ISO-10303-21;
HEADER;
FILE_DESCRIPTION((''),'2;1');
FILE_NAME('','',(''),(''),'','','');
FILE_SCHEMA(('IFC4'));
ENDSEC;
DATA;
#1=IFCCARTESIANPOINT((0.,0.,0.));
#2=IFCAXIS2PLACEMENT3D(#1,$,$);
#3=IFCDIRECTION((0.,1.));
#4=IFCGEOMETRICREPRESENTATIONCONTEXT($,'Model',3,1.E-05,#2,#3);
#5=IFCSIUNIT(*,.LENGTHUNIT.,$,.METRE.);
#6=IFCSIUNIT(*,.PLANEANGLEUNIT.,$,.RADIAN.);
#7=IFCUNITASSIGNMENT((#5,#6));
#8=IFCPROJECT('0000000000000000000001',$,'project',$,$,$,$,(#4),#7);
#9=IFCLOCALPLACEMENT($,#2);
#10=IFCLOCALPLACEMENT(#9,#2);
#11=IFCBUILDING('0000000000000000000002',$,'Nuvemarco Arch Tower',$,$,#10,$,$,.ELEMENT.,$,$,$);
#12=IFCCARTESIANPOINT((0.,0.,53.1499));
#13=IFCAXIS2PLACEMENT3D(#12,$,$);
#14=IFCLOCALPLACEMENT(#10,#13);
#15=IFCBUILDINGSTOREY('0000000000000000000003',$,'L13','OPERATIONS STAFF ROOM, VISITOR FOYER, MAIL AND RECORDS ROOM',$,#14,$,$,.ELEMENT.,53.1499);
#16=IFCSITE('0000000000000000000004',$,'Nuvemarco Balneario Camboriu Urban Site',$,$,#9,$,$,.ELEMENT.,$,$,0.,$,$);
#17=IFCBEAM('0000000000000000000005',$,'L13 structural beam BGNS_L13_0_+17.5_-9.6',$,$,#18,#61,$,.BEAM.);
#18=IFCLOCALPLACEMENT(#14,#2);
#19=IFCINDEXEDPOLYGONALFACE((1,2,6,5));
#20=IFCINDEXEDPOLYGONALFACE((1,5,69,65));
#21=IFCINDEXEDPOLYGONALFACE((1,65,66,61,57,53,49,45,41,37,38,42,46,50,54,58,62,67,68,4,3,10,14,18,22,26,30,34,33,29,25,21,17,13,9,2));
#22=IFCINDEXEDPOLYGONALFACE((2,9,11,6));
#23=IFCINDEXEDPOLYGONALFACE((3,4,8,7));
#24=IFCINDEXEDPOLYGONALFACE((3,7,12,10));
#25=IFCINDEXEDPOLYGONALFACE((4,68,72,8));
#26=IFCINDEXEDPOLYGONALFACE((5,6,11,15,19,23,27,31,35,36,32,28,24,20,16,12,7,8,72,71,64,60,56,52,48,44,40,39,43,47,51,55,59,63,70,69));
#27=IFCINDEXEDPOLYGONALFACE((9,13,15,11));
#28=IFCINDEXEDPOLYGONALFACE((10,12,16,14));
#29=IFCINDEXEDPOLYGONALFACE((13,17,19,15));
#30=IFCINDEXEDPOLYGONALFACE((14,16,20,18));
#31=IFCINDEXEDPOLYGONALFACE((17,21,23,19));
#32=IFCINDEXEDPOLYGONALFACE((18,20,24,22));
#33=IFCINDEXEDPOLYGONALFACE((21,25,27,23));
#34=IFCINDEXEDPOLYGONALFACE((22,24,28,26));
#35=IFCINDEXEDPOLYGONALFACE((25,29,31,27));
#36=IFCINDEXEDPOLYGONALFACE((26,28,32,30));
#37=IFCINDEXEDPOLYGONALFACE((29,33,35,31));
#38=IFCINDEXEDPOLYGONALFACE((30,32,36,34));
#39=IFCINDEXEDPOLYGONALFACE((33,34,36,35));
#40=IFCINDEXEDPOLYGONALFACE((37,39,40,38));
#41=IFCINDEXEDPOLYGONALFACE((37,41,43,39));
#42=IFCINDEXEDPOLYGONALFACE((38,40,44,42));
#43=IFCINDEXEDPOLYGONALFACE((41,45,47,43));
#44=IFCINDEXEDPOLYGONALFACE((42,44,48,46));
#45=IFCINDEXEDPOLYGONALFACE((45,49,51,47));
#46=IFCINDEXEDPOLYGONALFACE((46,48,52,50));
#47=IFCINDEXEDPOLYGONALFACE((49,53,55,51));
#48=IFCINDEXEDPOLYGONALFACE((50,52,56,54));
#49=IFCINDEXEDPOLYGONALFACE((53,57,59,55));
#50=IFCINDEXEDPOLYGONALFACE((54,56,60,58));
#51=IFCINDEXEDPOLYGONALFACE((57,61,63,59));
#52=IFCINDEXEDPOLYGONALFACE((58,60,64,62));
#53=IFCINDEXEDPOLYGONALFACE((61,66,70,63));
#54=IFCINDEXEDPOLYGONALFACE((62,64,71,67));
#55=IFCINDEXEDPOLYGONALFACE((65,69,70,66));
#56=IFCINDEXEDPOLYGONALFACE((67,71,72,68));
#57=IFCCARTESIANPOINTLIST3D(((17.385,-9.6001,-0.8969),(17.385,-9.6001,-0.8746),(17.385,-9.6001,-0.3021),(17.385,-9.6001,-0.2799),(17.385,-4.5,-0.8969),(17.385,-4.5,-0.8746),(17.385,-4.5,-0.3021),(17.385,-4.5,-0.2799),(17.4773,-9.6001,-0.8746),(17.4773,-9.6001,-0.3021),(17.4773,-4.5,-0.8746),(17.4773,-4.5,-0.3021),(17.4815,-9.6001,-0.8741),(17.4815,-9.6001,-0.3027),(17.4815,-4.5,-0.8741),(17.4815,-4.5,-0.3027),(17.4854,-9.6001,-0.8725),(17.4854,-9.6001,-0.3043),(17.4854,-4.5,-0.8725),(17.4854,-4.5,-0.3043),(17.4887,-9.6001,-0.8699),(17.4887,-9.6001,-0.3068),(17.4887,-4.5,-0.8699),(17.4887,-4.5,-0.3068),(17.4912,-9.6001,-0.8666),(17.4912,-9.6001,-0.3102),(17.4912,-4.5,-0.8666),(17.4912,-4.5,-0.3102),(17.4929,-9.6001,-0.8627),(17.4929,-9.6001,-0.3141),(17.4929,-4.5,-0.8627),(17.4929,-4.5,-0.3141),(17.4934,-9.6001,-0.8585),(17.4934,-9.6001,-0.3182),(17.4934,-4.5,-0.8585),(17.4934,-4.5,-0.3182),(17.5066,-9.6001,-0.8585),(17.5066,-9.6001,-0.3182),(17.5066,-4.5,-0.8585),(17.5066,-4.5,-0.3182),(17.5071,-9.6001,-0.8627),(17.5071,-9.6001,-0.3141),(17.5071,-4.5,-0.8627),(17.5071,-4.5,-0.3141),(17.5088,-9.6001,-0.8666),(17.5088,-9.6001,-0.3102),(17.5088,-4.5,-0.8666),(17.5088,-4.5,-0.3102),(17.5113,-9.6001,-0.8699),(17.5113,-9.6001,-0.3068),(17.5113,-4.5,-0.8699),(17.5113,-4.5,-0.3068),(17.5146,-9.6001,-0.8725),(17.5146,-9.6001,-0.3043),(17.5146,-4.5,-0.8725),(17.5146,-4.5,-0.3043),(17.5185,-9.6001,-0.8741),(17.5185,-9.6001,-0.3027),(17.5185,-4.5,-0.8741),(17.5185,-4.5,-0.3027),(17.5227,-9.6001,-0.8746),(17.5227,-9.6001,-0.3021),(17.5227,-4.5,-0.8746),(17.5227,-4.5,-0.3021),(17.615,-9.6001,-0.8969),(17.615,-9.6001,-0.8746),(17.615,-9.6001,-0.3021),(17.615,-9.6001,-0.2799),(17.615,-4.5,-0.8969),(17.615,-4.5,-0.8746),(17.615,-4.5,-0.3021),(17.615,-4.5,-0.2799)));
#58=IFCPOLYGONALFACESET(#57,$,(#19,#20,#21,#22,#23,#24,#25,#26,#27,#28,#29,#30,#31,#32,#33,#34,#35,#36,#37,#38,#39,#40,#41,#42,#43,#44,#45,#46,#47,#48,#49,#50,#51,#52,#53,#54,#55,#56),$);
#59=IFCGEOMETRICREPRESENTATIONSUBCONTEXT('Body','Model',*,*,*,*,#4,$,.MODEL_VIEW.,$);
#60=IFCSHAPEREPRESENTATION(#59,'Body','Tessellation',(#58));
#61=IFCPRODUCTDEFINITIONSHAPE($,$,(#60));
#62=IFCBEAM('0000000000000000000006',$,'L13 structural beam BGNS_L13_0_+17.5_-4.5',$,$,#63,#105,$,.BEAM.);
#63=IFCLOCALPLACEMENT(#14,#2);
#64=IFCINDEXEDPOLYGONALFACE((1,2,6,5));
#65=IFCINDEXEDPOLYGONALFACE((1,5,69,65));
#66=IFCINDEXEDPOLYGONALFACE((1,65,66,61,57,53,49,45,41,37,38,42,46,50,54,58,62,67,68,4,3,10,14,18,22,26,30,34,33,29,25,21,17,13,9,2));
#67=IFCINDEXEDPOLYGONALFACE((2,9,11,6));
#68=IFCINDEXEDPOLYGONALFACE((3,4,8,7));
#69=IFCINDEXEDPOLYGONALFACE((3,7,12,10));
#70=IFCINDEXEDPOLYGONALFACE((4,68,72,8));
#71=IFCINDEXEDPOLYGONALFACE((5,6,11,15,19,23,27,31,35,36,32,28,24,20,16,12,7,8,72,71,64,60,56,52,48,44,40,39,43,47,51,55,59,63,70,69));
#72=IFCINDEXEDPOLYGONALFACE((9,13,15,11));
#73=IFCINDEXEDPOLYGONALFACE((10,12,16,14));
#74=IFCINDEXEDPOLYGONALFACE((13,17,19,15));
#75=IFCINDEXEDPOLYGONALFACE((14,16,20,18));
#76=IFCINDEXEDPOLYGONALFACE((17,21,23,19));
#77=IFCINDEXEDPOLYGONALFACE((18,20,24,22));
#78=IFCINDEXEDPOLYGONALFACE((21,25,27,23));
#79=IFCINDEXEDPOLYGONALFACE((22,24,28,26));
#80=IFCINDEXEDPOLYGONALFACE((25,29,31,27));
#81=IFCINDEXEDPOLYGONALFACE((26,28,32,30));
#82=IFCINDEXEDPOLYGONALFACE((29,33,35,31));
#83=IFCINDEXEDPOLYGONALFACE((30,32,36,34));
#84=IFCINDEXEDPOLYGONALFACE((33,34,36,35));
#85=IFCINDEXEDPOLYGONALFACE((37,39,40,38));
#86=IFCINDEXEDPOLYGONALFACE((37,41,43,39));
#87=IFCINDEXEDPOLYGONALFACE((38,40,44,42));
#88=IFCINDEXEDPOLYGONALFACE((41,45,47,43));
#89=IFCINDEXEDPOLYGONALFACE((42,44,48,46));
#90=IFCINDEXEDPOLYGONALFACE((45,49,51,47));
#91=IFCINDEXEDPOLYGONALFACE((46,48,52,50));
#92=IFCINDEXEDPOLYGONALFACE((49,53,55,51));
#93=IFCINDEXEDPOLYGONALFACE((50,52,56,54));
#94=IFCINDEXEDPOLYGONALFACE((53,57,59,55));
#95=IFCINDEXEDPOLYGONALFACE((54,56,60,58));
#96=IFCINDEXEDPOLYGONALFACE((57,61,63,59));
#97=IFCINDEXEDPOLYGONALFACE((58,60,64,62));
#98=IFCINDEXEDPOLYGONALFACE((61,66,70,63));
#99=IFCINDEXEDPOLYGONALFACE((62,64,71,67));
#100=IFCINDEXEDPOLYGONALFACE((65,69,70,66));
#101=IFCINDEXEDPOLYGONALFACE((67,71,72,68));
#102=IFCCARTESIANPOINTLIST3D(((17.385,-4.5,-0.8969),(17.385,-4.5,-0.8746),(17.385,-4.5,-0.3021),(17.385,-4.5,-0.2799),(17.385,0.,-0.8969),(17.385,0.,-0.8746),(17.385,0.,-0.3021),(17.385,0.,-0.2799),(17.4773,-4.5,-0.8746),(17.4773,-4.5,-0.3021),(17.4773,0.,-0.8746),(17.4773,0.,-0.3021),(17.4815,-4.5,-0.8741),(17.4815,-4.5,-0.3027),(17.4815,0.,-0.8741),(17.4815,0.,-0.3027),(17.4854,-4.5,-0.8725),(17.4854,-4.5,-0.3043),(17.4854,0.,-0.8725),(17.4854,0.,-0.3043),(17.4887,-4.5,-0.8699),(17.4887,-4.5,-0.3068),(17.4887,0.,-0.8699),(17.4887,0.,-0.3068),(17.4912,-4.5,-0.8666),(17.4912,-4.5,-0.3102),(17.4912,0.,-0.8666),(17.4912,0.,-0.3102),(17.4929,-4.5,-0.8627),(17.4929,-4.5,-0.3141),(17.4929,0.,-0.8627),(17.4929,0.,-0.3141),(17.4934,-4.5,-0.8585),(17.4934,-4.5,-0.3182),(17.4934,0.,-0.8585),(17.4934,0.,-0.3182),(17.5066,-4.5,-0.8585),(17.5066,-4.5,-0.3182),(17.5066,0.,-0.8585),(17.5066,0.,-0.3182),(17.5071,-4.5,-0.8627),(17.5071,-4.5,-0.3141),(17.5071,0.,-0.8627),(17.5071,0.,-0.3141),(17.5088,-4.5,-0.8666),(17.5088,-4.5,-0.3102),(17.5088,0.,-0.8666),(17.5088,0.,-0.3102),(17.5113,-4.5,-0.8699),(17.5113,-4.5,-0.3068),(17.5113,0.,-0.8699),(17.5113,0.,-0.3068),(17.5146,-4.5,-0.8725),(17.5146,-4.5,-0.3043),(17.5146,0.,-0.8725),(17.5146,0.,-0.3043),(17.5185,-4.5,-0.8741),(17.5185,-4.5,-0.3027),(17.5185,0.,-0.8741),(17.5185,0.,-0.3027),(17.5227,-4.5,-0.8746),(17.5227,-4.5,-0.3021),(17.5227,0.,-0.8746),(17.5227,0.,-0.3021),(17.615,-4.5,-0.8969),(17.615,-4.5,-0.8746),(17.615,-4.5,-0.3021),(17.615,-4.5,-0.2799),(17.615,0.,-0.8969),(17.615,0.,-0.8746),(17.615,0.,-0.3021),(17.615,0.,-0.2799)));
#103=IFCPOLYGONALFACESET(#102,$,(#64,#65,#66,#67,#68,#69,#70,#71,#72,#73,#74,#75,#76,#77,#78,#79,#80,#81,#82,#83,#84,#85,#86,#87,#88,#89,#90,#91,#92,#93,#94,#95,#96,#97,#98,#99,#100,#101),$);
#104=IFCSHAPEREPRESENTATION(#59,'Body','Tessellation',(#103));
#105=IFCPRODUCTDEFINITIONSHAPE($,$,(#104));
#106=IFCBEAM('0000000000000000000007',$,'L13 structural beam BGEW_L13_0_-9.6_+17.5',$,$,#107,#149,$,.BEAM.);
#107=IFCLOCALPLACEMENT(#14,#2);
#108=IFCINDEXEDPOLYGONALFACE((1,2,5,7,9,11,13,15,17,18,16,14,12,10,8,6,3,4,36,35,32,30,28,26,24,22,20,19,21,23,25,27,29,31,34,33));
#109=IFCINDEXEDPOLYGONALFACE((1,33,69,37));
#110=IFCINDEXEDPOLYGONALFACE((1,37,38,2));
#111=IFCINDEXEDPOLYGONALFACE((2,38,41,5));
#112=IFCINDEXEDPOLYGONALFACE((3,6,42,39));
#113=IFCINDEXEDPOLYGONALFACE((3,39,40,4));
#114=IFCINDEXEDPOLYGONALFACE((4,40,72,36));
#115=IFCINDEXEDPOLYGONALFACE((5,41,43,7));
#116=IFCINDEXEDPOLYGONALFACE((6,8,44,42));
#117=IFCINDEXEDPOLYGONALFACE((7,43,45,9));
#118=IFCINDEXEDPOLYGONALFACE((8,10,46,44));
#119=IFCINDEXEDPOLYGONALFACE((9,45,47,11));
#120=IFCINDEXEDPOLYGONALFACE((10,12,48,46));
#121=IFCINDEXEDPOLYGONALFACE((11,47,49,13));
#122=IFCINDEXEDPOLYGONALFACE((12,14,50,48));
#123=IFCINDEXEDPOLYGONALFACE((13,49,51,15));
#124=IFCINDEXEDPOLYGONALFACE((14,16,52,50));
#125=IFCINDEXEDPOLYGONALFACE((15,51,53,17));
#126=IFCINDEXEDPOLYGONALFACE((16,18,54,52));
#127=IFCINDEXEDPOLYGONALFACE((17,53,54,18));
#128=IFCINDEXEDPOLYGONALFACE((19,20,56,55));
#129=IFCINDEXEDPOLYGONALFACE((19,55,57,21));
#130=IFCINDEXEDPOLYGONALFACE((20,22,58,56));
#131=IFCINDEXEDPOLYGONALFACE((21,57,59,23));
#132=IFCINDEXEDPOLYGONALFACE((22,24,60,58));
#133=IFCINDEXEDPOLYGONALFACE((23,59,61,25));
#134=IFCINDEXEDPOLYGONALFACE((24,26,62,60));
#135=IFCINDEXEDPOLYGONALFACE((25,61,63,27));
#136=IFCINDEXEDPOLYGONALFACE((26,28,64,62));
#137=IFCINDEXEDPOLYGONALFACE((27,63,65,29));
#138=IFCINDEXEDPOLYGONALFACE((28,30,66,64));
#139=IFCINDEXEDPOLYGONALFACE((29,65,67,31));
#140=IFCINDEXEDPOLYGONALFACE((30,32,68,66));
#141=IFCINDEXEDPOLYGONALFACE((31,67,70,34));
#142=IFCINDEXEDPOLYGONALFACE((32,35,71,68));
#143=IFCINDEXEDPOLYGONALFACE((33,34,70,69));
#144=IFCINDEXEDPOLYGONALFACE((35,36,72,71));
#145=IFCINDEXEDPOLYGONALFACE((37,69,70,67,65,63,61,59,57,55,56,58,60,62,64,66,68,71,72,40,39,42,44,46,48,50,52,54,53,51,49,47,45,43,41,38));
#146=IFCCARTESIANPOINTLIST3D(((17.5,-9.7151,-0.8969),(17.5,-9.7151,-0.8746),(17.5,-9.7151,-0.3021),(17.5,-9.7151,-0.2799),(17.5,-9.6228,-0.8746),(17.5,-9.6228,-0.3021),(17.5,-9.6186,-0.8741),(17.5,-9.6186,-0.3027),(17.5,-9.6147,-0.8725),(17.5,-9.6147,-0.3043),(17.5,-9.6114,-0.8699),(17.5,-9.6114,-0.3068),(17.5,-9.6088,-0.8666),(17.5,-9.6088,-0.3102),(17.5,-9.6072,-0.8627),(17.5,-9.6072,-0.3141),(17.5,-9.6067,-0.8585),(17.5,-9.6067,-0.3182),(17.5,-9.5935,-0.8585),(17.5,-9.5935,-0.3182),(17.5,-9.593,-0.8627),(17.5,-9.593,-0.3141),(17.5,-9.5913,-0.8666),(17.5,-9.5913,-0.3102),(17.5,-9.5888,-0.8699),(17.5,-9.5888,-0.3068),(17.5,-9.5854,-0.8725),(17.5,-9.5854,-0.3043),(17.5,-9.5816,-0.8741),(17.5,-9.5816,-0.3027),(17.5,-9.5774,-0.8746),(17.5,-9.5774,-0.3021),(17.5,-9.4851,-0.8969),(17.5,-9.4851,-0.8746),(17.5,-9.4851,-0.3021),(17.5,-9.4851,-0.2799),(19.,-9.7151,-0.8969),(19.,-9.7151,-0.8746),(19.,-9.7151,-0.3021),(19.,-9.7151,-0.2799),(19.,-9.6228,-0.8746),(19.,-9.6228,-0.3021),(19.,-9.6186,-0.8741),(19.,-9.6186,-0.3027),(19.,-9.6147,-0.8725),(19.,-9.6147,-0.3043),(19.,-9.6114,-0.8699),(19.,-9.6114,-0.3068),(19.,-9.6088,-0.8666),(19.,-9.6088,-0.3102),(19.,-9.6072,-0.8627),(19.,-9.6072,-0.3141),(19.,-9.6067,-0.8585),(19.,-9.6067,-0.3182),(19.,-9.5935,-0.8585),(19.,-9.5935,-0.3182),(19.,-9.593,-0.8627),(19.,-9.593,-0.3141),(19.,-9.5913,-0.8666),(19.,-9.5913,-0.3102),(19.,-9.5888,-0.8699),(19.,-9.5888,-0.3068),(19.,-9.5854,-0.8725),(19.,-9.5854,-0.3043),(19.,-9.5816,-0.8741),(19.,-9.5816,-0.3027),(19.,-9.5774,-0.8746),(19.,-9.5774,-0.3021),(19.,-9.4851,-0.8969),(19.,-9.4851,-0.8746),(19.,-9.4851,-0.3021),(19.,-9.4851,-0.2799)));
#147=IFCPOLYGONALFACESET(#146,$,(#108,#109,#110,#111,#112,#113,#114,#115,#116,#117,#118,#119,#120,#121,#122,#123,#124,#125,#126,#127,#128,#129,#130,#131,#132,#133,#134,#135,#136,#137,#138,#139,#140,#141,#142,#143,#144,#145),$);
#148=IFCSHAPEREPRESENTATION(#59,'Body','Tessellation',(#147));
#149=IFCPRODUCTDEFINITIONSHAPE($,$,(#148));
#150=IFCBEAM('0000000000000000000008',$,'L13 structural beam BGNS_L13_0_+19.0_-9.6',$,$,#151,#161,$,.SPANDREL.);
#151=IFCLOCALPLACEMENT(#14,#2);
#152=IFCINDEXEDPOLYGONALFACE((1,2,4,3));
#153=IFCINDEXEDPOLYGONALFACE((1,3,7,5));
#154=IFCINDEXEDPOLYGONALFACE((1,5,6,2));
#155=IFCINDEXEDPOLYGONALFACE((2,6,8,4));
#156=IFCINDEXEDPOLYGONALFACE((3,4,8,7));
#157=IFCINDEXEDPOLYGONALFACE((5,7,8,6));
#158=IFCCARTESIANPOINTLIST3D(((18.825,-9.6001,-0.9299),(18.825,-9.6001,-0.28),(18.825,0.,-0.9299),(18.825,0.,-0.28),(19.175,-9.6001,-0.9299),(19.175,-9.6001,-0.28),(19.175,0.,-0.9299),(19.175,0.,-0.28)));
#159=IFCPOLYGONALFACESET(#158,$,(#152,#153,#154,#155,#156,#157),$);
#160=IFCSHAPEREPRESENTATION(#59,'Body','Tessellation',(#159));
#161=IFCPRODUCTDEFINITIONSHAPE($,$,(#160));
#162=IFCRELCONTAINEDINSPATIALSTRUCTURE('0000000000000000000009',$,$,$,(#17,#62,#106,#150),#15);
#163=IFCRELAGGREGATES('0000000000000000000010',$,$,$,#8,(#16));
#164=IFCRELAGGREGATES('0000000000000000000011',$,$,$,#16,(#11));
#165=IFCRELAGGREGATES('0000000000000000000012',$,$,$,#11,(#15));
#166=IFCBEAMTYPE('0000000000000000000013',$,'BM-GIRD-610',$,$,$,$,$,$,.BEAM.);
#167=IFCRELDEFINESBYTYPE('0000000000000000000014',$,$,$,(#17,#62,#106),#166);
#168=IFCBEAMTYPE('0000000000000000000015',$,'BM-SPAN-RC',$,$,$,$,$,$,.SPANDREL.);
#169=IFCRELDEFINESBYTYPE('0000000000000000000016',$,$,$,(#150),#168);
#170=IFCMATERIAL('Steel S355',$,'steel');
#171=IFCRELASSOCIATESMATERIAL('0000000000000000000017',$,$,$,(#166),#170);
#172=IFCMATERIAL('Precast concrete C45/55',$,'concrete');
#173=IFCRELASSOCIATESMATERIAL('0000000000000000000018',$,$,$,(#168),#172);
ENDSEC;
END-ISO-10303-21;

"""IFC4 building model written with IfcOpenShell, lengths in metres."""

from ifc_helpers import new_model, si_unit, direction, frame, origin, origin_2d, place, context, subcontext, project, spatial, rectangle, i_section, extrude, material, material_profile, profile_set, type_object, element, save


model = new_model("IFC4")

# Units and contexts
model_context = context("Model", 3, precision=1e-05, world=origin(), true_north=direction((0.0, 1.0)))
body_context = subcontext(model_context, "Body", "Model", "MODEL_VIEW")
ifc_project = project(units=[si_unit("LENGTHUNIT", "METRE"), si_unit("PLANEANGLEUNIT", "RADIAN")], contexts=[model_context])

# Site, building, storey
site_placement = place(None, origin())
site = spatial("IfcSite", under=ifc_project, at=site_placement, Name="Nuvemarco Balneario Camboriu Urban Site", CompositionType="ELEMENT", RefElevation=0.0)
building_placement = place(site_placement, origin())
building = spatial("IfcBuilding", under=site, at=building_placement, Name="Nuvemarco Arch Tower", CompositionType="ELEMENT")
storey_placement = place(building_placement, frame((0.0, 0.0, 53.1499)))
storey = spatial("IfcBuildingStorey", under=building, at=storey_placement, Name="L13", Description="OPERATIONS STAFF ROOM, VISITOR FOYER, MAIL AND RECORDS ROOM", CompositionType="ELEMENT", Elevation=53.1499)

# Beams
ifc_material_1 = material(Name="Steel S355", Category="steel")
ifc_material_profile_1 = material_profile(ifc_material_1, i_section(OverallWidth=0.23, OverallDepth=0.6169, WebThickness=0.0132, FlangeThickness=0.0222, FilletRadius=0.0161, at=origin_2d()), Name="W610x140")
ifc_profile_set_1 = profile_set([ifc_material_profile_1], Name="Steel S355")
beam_type_1 = type_object("IfcBeamType", Name="BM-GIRD-610", PredefinedType="BEAM", material=ifc_profile_set_1)
beam_1_placement = place(storey_placement, frame((17.5, -9.6001, -0.5884), z_axis=(0.0, 1.0, 0.0), x_axis=(-1.0, 0.0, 0.0)))
element("IfcBeam", 1, at=beam_1_placement, inside=storey, type_object=beam_type_1, Name="L13 structural beam BGNS_L13_0_+17.5_-9.6", PredefinedType="BEAM", context=body_context, shape_type="SweptSolid", body=[
    extrude(i_section(OverallWidth=0.23, OverallDepth=0.6169, WebThickness=0.0132, FlangeThickness=0.0222, FilletRadius=0.0161, at=origin_2d()), origin(), (0.0, 0.0, 1.0), 5.1001),
])
beam_2_placement = place(storey_placement, frame((17.5, -4.5, -0.5884), z_axis=(0.0, 1.0, 0.0), x_axis=(-1.0, 0.0, 0.0)))
element("IfcBeam", 2, at=beam_2_placement, inside=storey, type_object=beam_type_1, Name="L13 structural beam BGNS_L13_0_+17.5_-4.5", PredefinedType="BEAM", context=body_context, shape_type="SweptSolid", body=[
    extrude(i_section(OverallWidth=0.23, OverallDepth=0.6169, WebThickness=0.0132, FlangeThickness=0.0222, FilletRadius=0.0161, at=origin_2d()), origin(), (0.0, 0.0, 1.0), 4.5),
])
beam_3_placement = place(storey_placement, frame((17.5, -9.6001, -0.5884), z_axis=(1.0, 0.0, 0.0), x_axis=(0.0, 1.0, 0.0)))
element("IfcBeam", 3, at=beam_3_placement, inside=storey, type_object=beam_type_1, Name="L13 structural beam BGEW_L13_0_-9.6_+17.5", PredefinedType="BEAM", context=body_context, shape_type="SweptSolid", body=[
    extrude(i_section(OverallWidth=0.23, OverallDepth=0.6169, WebThickness=0.0132, FlangeThickness=0.0222, FilletRadius=0.0161, at=origin_2d()), origin(), (0.0, 0.0, 1.0), 1.5),
])
ifc_material_2 = material(Name="Precast concrete C45/55", Category="concrete")
ifc_material_profile_2 = material_profile(ifc_material_2, rectangle(XDim=0.3501, YDim=0.6499, at=origin_2d()), Name="PC-SP-350x650")
ifc_profile_set_2 = profile_set([ifc_material_profile_2], Name="Precast concrete C45/55")
beam_type_2 = type_object("IfcBeamType", Name="BM-SPAN-RC", PredefinedType="SPANDREL", material=ifc_profile_set_2)
beam_4_placement = place(storey_placement, frame((19.0, -9.6001, -0.605), z_axis=(0.0, 1.0, 0.0), x_axis=(-1.0, 0.0, 0.0)))
element("IfcBeam", 4, at=beam_4_placement, inside=storey, type_object=beam_type_2, Name="L13 structural beam BGNS_L13_0_+19.0_-9.6", PredefinedType="SPANDREL", context=body_context, shape_type="SweptSolid", body=[
    extrude(rectangle(XDim=0.3501, YDim=0.6499, at=origin_2d()), origin(), (0.0, 0.0, 1.0), 9.6001),
])

save(model, "model.ifc")
